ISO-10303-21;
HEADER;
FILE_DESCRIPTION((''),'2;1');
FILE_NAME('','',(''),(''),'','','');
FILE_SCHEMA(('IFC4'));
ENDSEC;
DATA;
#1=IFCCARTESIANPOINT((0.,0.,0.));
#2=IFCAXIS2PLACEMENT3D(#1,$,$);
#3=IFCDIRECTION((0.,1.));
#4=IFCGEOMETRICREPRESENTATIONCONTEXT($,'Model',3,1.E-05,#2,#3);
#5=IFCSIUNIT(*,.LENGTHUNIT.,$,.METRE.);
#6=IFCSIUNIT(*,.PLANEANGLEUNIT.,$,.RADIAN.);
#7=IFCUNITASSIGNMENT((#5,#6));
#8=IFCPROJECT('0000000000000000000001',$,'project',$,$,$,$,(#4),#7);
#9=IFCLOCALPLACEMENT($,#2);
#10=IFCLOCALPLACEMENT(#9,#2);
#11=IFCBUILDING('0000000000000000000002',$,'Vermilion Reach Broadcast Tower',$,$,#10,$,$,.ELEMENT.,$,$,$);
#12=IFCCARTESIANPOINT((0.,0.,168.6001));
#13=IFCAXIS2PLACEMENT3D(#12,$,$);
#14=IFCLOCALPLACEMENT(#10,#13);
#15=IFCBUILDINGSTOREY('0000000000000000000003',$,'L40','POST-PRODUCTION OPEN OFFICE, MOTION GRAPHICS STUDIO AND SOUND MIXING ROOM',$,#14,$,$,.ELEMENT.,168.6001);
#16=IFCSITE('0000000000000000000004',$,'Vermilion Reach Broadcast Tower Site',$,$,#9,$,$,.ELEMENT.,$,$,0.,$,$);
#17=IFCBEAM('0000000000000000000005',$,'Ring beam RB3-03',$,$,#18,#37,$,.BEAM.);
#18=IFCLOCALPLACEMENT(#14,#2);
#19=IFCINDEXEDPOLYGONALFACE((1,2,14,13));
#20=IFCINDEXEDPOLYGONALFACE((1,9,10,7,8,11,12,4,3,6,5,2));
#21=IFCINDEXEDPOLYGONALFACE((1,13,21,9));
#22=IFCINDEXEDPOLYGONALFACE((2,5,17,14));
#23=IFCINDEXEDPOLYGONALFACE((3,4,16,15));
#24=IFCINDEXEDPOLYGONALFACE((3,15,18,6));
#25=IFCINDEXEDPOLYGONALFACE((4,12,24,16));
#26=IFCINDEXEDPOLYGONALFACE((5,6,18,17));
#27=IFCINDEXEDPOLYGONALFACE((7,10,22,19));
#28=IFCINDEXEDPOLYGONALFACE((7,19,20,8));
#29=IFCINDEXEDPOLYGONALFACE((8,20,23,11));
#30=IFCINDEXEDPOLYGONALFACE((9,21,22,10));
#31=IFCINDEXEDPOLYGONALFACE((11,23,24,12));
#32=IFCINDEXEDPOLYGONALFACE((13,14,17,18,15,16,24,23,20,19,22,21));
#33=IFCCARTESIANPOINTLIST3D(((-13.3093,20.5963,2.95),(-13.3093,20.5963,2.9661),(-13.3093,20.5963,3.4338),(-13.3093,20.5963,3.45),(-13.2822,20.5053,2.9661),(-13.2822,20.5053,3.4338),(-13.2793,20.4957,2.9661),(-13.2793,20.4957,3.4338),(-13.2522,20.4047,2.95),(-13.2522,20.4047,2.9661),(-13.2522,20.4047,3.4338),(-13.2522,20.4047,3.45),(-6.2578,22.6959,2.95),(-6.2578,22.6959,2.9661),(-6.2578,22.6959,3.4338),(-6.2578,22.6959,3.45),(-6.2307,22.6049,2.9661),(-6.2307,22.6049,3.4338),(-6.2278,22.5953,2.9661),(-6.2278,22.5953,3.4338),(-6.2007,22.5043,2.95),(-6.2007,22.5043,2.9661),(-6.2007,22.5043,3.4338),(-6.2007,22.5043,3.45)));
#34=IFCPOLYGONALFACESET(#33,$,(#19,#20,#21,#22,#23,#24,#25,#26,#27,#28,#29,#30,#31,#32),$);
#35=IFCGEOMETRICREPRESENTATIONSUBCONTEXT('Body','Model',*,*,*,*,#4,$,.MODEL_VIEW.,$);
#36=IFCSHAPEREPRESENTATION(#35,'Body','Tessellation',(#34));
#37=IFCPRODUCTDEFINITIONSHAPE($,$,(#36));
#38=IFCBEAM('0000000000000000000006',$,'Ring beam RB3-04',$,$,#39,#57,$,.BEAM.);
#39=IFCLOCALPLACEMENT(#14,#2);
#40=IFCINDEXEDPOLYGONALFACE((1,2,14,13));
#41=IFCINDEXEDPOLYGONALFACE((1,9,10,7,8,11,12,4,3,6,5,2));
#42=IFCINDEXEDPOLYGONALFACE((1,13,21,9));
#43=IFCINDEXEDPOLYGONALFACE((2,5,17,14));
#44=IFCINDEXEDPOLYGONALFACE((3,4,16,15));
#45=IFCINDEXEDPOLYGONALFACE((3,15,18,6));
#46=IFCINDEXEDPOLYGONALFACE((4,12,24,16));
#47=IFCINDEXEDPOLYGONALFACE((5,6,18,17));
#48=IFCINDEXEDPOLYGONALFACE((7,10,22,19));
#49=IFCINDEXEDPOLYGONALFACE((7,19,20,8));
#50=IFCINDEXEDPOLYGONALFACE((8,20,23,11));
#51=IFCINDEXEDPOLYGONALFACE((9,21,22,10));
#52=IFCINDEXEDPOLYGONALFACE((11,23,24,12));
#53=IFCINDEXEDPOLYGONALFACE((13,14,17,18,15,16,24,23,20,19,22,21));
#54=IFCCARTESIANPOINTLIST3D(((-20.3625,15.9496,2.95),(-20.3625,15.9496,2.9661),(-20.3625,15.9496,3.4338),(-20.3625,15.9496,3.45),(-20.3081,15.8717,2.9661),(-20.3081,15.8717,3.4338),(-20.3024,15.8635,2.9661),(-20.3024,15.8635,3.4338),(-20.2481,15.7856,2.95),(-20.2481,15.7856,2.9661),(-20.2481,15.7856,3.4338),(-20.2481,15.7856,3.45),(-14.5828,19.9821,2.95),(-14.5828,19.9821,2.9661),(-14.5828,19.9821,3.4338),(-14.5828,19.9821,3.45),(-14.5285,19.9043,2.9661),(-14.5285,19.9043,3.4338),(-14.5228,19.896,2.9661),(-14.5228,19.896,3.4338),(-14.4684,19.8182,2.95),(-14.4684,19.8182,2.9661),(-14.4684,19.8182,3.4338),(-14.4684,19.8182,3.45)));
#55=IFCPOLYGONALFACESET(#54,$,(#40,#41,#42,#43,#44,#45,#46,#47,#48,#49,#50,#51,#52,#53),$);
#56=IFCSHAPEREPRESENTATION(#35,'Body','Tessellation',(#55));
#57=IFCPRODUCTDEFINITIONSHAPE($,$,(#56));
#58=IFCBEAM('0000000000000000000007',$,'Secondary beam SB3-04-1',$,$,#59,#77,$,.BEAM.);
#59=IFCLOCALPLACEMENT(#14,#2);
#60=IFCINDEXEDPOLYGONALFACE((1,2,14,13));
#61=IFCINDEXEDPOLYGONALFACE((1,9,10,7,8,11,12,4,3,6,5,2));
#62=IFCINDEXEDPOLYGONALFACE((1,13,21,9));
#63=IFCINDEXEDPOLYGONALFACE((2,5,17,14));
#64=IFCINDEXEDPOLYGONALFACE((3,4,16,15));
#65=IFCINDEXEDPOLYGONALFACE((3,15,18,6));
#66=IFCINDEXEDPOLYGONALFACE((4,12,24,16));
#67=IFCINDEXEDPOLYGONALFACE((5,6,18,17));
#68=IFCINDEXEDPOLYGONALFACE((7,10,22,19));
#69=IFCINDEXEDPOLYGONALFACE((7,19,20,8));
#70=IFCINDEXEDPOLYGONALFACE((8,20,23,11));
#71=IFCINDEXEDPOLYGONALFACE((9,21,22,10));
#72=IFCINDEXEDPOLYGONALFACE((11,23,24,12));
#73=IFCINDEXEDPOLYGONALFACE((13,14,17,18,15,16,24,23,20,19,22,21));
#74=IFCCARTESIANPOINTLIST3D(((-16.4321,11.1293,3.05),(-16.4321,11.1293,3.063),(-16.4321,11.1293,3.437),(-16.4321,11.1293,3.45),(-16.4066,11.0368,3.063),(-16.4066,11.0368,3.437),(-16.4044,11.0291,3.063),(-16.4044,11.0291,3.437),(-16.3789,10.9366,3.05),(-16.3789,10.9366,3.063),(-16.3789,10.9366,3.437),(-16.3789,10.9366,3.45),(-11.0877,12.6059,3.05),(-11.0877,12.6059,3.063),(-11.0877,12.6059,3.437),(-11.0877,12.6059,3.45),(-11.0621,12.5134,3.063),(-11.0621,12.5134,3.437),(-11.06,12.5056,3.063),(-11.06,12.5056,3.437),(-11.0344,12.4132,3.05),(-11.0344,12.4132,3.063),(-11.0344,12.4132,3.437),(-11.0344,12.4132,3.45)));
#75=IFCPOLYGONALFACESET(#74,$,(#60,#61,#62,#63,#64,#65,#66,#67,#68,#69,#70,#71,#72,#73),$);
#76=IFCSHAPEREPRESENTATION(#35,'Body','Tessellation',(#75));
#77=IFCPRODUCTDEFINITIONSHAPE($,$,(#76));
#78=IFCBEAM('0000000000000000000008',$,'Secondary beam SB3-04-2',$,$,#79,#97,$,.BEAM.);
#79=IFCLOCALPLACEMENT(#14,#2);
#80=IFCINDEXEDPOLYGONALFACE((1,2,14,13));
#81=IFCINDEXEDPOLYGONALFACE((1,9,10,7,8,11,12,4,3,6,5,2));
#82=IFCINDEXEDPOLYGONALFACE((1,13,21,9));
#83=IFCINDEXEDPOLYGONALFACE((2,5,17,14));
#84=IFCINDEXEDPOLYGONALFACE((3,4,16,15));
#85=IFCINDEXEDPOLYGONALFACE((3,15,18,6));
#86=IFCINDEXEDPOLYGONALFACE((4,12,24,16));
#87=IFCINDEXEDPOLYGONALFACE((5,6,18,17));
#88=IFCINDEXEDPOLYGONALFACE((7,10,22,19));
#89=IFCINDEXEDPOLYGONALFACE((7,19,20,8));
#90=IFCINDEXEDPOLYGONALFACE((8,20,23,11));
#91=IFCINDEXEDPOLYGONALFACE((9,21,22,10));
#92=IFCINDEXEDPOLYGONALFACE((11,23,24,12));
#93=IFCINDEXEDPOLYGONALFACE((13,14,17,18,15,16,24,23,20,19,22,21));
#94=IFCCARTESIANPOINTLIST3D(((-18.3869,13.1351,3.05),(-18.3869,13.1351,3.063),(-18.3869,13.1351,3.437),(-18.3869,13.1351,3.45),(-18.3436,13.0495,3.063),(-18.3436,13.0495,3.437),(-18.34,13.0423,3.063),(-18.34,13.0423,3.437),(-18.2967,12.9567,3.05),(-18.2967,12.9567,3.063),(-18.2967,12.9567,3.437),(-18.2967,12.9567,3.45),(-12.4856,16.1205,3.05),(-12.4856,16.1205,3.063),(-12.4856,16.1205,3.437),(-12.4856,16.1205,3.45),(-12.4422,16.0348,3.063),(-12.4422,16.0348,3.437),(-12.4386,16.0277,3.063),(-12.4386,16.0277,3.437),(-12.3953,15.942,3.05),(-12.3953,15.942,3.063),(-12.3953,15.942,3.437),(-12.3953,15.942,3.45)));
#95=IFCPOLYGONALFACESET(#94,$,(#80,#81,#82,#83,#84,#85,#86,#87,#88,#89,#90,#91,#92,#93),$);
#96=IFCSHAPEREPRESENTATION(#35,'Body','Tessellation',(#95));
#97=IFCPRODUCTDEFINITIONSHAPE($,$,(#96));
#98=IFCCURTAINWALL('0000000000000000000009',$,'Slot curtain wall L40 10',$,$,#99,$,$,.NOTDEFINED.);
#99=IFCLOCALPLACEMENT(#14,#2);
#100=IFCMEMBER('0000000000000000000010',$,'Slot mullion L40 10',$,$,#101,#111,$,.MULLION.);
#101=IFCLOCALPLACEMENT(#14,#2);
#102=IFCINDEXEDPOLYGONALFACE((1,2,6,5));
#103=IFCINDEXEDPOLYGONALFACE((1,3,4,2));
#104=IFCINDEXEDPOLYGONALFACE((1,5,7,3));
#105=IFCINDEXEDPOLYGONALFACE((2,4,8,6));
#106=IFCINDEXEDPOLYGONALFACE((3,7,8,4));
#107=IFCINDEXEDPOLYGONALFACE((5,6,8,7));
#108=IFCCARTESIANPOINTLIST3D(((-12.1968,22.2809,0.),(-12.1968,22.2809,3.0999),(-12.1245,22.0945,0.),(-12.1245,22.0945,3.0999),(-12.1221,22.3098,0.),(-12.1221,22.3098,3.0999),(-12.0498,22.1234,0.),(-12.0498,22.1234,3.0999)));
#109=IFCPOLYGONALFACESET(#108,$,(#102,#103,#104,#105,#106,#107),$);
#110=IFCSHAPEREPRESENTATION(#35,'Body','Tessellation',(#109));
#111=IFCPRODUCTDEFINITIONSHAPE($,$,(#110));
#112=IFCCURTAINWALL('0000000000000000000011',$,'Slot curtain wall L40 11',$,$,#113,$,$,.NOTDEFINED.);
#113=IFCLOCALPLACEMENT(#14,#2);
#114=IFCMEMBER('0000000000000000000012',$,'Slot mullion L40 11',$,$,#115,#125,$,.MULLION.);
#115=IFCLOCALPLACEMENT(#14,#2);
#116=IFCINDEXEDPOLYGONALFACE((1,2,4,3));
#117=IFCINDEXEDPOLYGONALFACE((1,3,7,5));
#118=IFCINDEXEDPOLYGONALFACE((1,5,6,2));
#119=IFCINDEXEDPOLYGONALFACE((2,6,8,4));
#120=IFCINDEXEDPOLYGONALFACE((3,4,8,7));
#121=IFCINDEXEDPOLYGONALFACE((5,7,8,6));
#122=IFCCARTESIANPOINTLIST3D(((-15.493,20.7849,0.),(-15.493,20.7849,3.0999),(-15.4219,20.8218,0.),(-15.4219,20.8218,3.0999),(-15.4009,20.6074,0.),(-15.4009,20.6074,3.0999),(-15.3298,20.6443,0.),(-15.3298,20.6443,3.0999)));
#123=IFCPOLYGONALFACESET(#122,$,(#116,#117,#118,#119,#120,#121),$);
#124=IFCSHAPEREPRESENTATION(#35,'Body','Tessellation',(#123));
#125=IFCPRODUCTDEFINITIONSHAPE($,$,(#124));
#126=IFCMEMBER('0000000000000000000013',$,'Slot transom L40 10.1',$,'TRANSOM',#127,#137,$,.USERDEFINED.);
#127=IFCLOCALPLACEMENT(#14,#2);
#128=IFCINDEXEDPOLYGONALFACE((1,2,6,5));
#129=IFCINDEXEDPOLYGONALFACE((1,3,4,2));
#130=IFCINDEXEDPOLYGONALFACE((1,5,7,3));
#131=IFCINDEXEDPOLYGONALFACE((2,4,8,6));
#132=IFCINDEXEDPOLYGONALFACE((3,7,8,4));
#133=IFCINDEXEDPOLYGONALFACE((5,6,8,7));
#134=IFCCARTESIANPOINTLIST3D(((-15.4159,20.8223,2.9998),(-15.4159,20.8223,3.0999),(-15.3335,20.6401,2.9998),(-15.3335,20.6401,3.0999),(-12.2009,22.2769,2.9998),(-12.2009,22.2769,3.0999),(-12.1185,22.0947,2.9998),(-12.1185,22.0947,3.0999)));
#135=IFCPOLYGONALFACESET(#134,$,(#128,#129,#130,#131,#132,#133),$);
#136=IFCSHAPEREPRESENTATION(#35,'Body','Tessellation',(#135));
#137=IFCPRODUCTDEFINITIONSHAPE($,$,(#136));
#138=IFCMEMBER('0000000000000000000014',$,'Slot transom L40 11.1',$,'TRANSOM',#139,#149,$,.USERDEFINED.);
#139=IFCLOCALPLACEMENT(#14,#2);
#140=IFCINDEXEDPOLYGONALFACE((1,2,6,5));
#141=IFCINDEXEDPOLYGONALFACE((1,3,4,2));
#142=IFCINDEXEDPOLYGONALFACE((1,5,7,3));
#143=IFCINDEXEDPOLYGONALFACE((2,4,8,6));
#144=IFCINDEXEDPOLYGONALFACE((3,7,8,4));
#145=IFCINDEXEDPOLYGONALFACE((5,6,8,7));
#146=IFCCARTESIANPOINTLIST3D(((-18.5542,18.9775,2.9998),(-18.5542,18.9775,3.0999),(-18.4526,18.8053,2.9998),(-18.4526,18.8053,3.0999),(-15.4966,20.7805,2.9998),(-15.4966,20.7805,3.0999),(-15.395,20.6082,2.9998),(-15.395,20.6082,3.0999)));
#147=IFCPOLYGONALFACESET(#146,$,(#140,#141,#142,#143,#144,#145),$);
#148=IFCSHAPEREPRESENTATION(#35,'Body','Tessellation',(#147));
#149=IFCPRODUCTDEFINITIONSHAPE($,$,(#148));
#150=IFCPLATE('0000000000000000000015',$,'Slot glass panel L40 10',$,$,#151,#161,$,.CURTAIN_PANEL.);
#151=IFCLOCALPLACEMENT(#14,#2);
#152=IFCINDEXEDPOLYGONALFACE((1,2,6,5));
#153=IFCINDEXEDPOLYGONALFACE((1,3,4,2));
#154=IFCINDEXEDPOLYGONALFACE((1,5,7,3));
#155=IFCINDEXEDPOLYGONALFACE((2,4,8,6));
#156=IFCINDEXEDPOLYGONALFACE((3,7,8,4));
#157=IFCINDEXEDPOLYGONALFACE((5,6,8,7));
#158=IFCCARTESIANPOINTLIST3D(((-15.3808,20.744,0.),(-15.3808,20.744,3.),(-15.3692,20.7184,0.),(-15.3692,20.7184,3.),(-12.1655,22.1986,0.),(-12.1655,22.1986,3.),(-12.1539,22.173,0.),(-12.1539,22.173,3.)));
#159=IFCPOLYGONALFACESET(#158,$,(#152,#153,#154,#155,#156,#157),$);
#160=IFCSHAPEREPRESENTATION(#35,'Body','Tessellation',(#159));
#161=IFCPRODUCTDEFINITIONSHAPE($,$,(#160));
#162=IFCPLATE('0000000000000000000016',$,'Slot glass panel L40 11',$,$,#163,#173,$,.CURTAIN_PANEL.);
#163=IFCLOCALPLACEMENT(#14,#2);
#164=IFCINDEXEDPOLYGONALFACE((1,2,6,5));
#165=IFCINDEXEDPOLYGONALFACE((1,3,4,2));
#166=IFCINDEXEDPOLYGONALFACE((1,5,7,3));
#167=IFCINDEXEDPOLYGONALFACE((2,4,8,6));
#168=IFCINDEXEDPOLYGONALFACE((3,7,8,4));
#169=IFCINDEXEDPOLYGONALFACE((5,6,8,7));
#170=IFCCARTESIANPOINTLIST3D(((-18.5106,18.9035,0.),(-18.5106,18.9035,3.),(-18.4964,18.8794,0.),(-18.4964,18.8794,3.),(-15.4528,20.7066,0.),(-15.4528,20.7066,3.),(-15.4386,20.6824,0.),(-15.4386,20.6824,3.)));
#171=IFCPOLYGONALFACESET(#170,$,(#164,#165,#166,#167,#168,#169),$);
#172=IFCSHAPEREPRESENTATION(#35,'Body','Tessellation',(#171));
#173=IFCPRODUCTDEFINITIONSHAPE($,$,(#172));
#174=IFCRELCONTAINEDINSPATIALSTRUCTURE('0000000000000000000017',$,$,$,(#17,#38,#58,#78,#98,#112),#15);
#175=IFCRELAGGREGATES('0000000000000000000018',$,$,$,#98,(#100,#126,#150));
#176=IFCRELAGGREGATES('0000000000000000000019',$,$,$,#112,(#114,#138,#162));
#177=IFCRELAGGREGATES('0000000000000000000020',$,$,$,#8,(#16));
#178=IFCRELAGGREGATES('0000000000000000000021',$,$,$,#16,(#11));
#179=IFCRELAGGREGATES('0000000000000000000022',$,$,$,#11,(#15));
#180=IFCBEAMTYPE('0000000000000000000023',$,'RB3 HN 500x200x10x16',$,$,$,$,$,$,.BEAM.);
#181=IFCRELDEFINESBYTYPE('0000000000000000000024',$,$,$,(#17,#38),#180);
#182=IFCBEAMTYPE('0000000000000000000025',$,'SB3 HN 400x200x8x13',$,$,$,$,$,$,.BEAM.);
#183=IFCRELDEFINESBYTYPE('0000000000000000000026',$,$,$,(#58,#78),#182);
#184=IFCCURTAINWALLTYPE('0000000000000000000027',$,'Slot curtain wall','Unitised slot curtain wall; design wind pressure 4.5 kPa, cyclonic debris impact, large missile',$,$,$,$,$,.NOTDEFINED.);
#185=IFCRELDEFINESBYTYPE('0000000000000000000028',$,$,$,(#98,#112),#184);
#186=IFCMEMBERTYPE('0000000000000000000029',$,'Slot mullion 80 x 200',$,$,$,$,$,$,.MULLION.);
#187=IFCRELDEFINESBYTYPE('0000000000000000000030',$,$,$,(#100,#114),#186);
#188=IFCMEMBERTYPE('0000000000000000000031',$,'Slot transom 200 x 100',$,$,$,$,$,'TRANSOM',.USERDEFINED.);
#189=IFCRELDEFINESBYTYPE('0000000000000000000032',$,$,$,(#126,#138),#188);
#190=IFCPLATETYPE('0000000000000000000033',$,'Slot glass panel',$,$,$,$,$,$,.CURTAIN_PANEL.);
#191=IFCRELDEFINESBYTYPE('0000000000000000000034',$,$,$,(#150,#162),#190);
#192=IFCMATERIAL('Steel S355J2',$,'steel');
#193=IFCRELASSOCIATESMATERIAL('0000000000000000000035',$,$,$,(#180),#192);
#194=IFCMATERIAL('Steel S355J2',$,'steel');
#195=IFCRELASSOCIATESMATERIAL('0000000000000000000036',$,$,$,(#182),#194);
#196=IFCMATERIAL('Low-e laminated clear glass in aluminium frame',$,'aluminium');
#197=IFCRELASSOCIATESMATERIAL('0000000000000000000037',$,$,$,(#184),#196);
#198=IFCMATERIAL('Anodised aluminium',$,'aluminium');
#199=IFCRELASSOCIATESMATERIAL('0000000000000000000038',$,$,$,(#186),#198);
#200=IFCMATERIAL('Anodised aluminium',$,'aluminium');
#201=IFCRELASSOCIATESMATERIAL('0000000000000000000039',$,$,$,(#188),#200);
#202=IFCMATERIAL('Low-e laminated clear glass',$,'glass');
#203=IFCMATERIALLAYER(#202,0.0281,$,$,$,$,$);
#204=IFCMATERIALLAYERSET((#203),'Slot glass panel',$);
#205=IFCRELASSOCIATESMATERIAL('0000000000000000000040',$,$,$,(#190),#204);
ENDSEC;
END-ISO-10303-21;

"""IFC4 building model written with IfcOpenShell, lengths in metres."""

from ifc_helpers import new_model, si_unit, direction, frame, origin, origin_2d, place, context, subcontext, project, spatial, rectangle, i_section, extrude, material, layer, layer_set, material_profile, profile_set, type_object, element, aggregate, save


model = new_model("IFC4")

# Units and contexts
model_context = context("Model", 3, precision=1e-05, world=origin(), true_north=direction((0.0, 1.0)))
body_context = subcontext(model_context, "Body", "Model", "MODEL_VIEW")
ifc_project = project(units=[si_unit("LENGTHUNIT", "METRE"), si_unit("PLANEANGLEUNIT", "RADIAN")], contexts=[model_context])

# Site, building, storey
site_placement = place(None, origin())
site = spatial("IfcSite", under=ifc_project, at=site_placement, Name="Vermilion Reach Broadcast Tower Site", CompositionType="ELEMENT", RefElevation=0.0)
building_placement = place(site_placement, origin())
building = spatial("IfcBuilding", under=site, at=building_placement, Name="Vermilion Reach Broadcast Tower", CompositionType="ELEMENT")
storey_placement = place(building_placement, frame((0.0, 0.0, 168.6001)))
storey = spatial("IfcBuildingStorey", under=building, at=storey_placement, Name="L40", Description="POST-PRODUCTION OPEN OFFICE, MOTION GRAPHICS STUDIO AND SOUND MIXING ROOM", CompositionType="ELEMENT", Elevation=168.6001)

# Beams
ifc_material_1 = material(Name="Steel S355J2", Category="steel")
ifc_material_profile_1 = material_profile(ifc_material_1, i_section(OverallWidth=0.2, OverallDepth=0.5, WebThickness=0.01, FlangeThickness=0.0161, at=origin_2d()), Name="S355J2 HN 500x200x10x16")
ifc_profile_set_1 = profile_set([ifc_material_profile_1], Name="Steel S355J2")
beam_type_1 = type_object("IfcBeamType", Name="RB3 HN 500x200x10x16", PredefinedType="BEAM", material=ifc_profile_set_1)
beam_1_placement = place(storey_placement, frame((-6.2292, 22.6001, 3.2), z_axis=(-0.958417, -0.285372, 0.0), x_axis=(0.285372, -0.958417, 0.0)))
element("IfcBeam", 1, at=beam_1_placement, inside=storey, type_object=beam_type_1, Name="Ring beam RB3-03", PredefinedType="BEAM", context=body_context, shape_type="SweptSolid", body=[
    extrude(i_section(OverallWidth=0.2, OverallDepth=0.5, WebThickness=0.01, FlangeThickness=0.0161, at=origin_2d()), origin(), (0.0, 0.0, 1.0), 7.3574),
])
beam_2_placement = place(storey_placement, frame((-14.5256, 19.9001, 3.2), z_axis=(-0.820111, -0.572204, 0.0), x_axis=(0.572204, -0.820111, 0.0)))
element("IfcBeam", 2, at=beam_2_placement, inside=storey, type_object=beam_type_1, Name="Ring beam RB3-04", PredefinedType="BEAM", context=body_context, shape_type="SweptSolid", body=[
    extrude(i_section(OverallWidth=0.2, OverallDepth=0.5, WebThickness=0.01, FlangeThickness=0.0161, at=origin_2d()), origin(), (0.0, 0.0, 1.0), 7.0474),
])
ifc_material_2 = material(Name="Steel S355J2", Category="steel")
ifc_material_profile_2 = material_profile(ifc_material_2, i_section(OverallWidth=0.2, OverallDepth=0.3999, WebThickness=0.0081, FlangeThickness=0.0129, at=origin_2d()), Name="S355J2 HN 400x200x8x13")
ifc_profile_set_2 = profile_set([ifc_material_profile_2], Name="Steel S355J2")
beam_type_2 = type_object("IfcBeamType", Name="SB3 HN 400x200x8x13", PredefinedType="BEAM", material=ifc_profile_set_2)
beam_3_placement = place(storey_placement, frame((-11.061, 12.5095, 3.25), z_axis=(-0.96389, -0.266301, 0.0), x_axis=(0.266301, -0.96389, 0.0)))
element("IfcBeam", 3, at=beam_3_placement, inside=storey, type_object=beam_type_2, Name="Secondary beam SB3-04-1", PredefinedType="BEAM", context=body_context, shape_type="SweptSolid", body=[
    extrude(i_section(OverallWidth=0.2, OverallDepth=0.3999, WebThickness=0.0081, FlangeThickness=0.0129, at=origin_2d()), origin(), (0.0, 0.0, 1.0), 5.5447),
])
beam_4_placement = place(storey_placement, frame((-12.4404, 16.0312, 3.25), z_axis=(-0.892321, -0.451402, 0.0), x_axis=(0.451402, -0.892321, 0.0)))
element("IfcBeam", 4, at=beam_4_placement, inside=storey, type_object=beam_type_2, Name="Secondary beam SB3-04-2", PredefinedType="BEAM", context=body_context, shape_type="SweptSolid", body=[
    extrude(i_section(OverallWidth=0.2, OverallDepth=0.3999, WebThickness=0.0081, FlangeThickness=0.0129, at=origin_2d()), origin(), (0.0, 0.0, 1.0), 6.6135),
])

# Curtain walls, members
ifc_material_3 = material(Name="Low-e laminated clear glass in aluminium frame", Category="aluminium")
curtain_wall_type = type_object("IfcCurtainWallType", Name="Slot curtain wall", Description="Unitised slot curtain wall; design wind pressure 4.5 kPa, cyclonic debris impact, large missile", PredefinedType="NOTDEFINED", material=ifc_material_3)
placement = place(storey_placement, origin())
curtain_wall_1 = element("IfcCurtainWall", 5, at=placement, inside=storey, type_object=curtain_wall_type, Name="Slot curtain wall L40 10", PredefinedType="NOTDEFINED")
ifc_material_4 = material(Name="Anodised aluminium", Category="aluminium")
ifc_material_profile_3 = material_profile(ifc_material_4, rectangle(XDim=0.2, YDim=0.0801, at=origin_2d()), Name="Slot mullion 80 x 200")
ifc_profile_set_3 = profile_set([ifc_material_profile_3], Name="Anodised aluminium")
member_type_1 = type_object("IfcMemberType", Name="Slot mullion 80 x 200", PredefinedType="MULLION", material=ifc_profile_set_3)
member_1_placement = place(storey_placement, frame((-12.1233, 22.2021, 0.0), z_axis=(0.0, 0.0, 1.0), x_axis=(0.361608, -0.93233, 0.0)))
member_1 = element("IfcMember", 6, at=member_1_placement, type_object=member_type_1, Name="Slot mullion L40 10", PredefinedType="MULLION", context=body_context, shape_type="SweptSolid", body=[
    extrude(rectangle(XDim=0.2, YDim=0.0801, at=origin_2d()), origin(), (0.0, 0.0, 1.0), 3.0999),
])
curtain_wall_2 = element("IfcCurtainWall", 7, at=placement, inside=storey, type_object=curtain_wall_type, Name="Slot curtain wall L40 11", PredefinedType="NOTDEFINED")
member_2_placement = place(storey_placement, frame((-15.4114, 20.7146, 0.0), z_axis=(0.0, 0.0, 1.0), x_axis=(0.460728, -0.887542, 0.0)))
member_2 = element("IfcMember", 8, at=member_2_placement, type_object=member_type_1, Name="Slot mullion L40 11", PredefinedType="MULLION", context=body_context, shape_type="SweptSolid", body=[
    extrude(rectangle(XDim=0.2, YDim=0.0801, at=origin_2d()), origin(), (0.0, 0.0, 1.0), 3.0999),
])

# Members
ifc_material_5 = material(Name="Anodised aluminium", Category="aluminium")
ifc_material_profile_4 = material_profile(ifc_material_5, rectangle(XDim=0.2, YDim=0.1001, at=origin_2d()), Name="Slot transom 200 x 100")
ifc_profile_set_4 = profile_set([ifc_material_profile_4], Name="Anodised aluminium")
member_type_2 = type_object("IfcMemberType", Name="Slot transom 200 x 100", ElementType="TRANSOM", PredefinedType="USERDEFINED", material=ifc_profile_set_4)
member_3_placement = place(storey_placement, frame((-12.1597, 22.1858, 3.0498), z_axis=(-0.911092, -0.412202, 0.0), x_axis=(0.412202, -0.911092, 0.0)))
member_3 = element("IfcMember", 9, at=member_3_placement, type_object=member_type_2, Name="Slot transom L40 10.1", ObjectType="TRANSOM", PredefinedType="USERDEFINED", context=body_context, shape_type="SweptSolid", body=[
    extrude(rectangle(XDim=0.2, YDim=0.1001, at=origin_2d()), origin(), (0.0, 0.0, 1.0), 3.5288),
])
member_4_placement = place(storey_placement, frame((-15.4458, 20.6943, 3.0498), z_axis=(-0.861394, -0.507937, 0.0), x_axis=(0.507937, -0.861394, 0.0)))
member_4 = element("IfcMember", 10, at=member_4_placement, type_object=member_type_2, Name="Slot transom L40 11.1", ObjectType="TRANSOM", PredefinedType="USERDEFINED", context=body_context, shape_type="SweptSolid", body=[
    extrude(rectangle(XDim=0.2, YDim=0.1001, at=origin_2d()), origin(), (0.0, 0.0, 1.0), 3.5496),
])

# Plates
ifc_material_6 = material(Name="Low-e laminated clear glass", Category="glass")
ifc_layer_1 = layer(ifc_material_6, 0.0281)
ifc_layer_set_1 = layer_set([ifc_layer_1], Name="Slot glass panel")
plate_type = type_object("IfcPlateType", Name="Slot glass panel", PredefinedType="CURTAIN_PANEL", material=ifc_layer_set_1)
plate_1_placement = place(storey_placement, frame((-13.7673, 21.4585, 0.0), z_axis=(0.0, 0.0, 1.0), x_axis=(-0.911098, -0.41219, 0.0)))
plate_1 = element("IfcPlate", 11, at=plate_1_placement, type_object=plate_type, Name="Slot glass panel L40 10", PredefinedType="CURTAIN_PANEL", context=body_context, shape_type="SweptSolid", body=[
    extrude(rectangle(XDim=3.5291, YDim=0.0281, at=origin_2d()), origin(), (0.0, 0.0, 1.0), 3.0),
])
aggregate(curtain_wall_1, [member_1, member_3, plate_1])
plate_2_placement = place(storey_placement, frame((-16.9746, 19.793, 0.0), z_axis=(0.0, 0.0, 1.0), x_axis=(-0.861402, -0.507925, 0.0)))
plate_2 = element("IfcPlate", 12, at=plate_2_placement, type_object=plate_type, Name="Slot glass panel L40 11", PredefinedType="CURTAIN_PANEL", context=body_context, shape_type="SweptSolid", body=[
    extrude(rectangle(XDim=3.5498, YDim=0.0281, at=origin_2d()), origin(), (0.0, 0.0, 1.0), 3.0),
])
aggregate(curtain_wall_2, [member_2, member_4, plate_2])

save(model, "model.ifc")
